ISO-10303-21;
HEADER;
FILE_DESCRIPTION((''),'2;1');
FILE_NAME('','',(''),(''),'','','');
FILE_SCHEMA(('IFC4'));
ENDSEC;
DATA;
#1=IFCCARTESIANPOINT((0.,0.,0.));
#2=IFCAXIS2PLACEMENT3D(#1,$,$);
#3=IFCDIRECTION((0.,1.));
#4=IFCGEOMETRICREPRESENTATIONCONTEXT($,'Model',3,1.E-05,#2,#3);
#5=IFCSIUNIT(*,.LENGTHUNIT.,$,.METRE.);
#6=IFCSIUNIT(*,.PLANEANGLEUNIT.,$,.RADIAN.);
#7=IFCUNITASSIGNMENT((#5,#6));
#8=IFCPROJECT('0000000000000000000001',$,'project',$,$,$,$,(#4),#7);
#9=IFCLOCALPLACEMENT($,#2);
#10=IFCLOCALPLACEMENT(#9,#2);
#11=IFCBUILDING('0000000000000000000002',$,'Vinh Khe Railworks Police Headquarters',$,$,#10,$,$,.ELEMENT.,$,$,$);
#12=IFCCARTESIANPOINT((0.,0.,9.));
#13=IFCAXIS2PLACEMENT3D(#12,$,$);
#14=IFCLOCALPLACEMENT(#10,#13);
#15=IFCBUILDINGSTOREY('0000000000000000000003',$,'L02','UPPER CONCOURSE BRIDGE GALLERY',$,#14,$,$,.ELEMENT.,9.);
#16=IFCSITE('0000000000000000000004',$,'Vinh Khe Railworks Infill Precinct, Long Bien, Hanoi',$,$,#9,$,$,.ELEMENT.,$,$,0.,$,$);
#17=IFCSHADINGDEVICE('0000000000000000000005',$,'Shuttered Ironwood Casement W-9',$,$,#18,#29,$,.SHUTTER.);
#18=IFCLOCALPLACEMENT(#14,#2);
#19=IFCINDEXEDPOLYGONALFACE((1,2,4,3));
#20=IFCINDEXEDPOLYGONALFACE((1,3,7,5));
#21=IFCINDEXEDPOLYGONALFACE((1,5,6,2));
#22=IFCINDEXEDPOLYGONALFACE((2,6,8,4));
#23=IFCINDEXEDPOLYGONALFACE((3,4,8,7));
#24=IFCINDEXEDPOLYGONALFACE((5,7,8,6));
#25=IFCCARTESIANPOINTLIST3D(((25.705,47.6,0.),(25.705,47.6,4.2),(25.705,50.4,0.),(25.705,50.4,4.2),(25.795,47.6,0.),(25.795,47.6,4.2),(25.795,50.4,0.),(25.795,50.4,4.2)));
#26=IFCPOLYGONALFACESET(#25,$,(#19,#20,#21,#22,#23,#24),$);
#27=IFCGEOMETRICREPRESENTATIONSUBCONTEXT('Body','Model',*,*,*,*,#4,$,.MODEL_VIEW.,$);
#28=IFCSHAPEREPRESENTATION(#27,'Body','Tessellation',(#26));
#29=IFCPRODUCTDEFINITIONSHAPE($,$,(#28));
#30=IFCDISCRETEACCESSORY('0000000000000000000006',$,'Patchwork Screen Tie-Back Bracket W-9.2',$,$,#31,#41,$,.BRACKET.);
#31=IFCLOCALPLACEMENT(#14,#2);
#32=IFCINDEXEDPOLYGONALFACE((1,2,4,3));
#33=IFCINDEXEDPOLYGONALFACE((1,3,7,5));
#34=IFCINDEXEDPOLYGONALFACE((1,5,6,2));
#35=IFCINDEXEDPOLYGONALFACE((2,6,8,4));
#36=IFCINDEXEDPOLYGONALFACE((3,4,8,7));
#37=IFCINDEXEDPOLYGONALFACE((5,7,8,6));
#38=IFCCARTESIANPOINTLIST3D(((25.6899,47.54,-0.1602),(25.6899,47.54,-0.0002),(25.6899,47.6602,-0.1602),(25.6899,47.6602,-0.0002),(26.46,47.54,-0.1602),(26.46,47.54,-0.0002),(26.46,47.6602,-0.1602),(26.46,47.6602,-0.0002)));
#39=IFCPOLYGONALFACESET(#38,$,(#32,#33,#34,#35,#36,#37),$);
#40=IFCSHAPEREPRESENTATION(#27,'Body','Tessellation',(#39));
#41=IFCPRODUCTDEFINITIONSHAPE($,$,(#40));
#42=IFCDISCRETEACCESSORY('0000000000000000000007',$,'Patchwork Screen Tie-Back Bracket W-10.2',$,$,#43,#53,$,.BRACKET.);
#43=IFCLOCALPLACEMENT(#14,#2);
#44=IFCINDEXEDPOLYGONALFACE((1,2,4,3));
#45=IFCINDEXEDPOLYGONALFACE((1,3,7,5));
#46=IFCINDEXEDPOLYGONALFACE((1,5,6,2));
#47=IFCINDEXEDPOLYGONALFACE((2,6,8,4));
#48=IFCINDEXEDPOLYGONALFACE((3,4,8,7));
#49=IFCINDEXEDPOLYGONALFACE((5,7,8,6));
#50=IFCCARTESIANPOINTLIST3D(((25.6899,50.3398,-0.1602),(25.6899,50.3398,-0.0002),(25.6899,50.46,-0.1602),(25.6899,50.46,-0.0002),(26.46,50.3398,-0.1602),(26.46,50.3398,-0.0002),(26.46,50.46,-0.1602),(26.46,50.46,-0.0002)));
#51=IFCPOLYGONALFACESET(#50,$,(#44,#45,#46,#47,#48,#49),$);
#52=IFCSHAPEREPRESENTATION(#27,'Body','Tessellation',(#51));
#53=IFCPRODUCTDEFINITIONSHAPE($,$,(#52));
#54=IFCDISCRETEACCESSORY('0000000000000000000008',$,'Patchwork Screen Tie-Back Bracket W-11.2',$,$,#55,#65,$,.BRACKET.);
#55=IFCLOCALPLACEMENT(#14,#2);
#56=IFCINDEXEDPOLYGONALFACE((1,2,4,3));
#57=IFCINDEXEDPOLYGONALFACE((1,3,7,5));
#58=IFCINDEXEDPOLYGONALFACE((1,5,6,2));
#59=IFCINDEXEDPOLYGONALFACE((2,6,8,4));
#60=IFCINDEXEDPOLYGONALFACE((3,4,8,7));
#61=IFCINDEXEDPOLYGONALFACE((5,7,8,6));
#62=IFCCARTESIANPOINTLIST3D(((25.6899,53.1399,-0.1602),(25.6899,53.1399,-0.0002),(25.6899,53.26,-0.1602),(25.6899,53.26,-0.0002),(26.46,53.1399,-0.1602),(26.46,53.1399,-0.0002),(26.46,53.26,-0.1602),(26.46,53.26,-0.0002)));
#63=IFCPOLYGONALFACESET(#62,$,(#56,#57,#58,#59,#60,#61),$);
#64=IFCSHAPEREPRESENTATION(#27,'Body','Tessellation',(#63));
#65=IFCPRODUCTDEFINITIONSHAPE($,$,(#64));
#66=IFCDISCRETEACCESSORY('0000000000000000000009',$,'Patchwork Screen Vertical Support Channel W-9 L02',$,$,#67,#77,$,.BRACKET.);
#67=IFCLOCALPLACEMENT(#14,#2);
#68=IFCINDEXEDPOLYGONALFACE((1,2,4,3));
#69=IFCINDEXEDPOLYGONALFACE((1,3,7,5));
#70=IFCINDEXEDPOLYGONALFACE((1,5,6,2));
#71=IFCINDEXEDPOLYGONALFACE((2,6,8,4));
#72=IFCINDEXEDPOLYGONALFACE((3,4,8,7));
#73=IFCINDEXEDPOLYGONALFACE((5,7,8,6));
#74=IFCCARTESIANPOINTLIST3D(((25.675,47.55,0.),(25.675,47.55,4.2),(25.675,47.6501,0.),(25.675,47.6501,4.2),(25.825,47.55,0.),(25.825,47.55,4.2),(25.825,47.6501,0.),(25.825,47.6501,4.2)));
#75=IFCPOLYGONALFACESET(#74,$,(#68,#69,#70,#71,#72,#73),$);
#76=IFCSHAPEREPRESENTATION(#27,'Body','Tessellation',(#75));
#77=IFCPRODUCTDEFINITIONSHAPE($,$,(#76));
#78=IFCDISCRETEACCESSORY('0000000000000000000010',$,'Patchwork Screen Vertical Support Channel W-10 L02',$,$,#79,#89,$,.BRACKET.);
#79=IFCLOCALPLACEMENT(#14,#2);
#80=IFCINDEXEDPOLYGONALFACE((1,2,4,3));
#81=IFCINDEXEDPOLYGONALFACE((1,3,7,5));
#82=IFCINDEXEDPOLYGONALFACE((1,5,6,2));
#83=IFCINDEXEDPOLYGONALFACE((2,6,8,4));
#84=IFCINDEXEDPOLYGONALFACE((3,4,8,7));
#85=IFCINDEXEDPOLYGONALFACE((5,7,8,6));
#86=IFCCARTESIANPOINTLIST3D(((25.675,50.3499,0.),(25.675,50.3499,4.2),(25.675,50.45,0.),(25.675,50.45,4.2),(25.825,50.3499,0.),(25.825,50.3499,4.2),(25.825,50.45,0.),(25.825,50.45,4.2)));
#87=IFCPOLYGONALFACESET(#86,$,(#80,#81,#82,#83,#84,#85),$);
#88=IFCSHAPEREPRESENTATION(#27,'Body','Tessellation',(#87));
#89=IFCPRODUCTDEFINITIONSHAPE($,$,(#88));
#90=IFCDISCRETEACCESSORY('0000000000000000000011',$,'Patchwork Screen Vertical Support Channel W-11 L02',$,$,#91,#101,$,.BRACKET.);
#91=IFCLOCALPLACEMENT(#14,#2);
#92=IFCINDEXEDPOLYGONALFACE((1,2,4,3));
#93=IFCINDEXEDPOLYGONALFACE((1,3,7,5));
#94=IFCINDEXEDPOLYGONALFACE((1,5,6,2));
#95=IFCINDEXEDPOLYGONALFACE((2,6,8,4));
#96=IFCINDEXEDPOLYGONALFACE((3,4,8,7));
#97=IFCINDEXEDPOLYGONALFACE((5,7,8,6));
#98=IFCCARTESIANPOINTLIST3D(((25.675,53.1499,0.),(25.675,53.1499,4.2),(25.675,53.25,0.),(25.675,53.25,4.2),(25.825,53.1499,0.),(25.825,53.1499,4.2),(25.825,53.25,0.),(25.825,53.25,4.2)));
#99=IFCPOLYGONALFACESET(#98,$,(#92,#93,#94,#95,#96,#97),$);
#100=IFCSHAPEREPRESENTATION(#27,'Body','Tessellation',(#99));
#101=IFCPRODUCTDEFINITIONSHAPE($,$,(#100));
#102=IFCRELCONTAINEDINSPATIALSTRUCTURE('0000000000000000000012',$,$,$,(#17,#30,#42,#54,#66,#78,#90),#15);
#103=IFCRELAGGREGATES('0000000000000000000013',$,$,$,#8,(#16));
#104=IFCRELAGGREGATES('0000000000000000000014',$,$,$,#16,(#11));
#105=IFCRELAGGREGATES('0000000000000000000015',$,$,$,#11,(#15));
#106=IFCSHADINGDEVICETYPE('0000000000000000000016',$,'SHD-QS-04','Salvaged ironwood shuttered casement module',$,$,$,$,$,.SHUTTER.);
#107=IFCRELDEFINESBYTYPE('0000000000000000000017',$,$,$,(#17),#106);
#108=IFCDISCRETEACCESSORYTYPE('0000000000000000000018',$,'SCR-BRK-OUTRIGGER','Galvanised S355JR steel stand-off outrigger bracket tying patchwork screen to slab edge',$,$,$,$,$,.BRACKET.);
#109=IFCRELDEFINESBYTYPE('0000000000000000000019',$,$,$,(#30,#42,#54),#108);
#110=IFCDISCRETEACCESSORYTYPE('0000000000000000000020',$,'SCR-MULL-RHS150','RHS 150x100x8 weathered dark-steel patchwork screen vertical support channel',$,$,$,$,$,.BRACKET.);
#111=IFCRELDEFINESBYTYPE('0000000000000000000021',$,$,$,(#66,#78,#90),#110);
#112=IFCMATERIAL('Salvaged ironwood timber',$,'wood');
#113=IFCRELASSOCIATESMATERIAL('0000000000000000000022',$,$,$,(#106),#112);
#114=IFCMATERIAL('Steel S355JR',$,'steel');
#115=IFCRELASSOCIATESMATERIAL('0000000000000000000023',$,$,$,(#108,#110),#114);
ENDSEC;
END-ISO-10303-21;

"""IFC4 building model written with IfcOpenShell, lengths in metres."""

from ifc_helpers import new_model, si_unit, direction, frame, origin, origin_2d, place, context, subcontext, project, spatial, rectangle, extrude, material, type_object, element, save


model = new_model("IFC4")

# Units and contexts
model_context = context("Model", 3, precision=1e-05, world=origin(), true_north=direction((0.0, 1.0)))
body_context = subcontext(model_context, "Body", "Model", "MODEL_VIEW")
ifc_project = project(units=[si_unit("LENGTHUNIT", "METRE"), si_unit("PLANEANGLEUNIT", "RADIAN")], contexts=[model_context])

# Site, building, storey
site_placement = place(None, origin())
site = spatial("IfcSite", under=ifc_project, at=site_placement, Name="Vinh Khe Railworks Infill Precinct, Long Bien, Hanoi", CompositionType="ELEMENT", RefElevation=0.0)
building_placement = place(site_placement, origin())
building = spatial("IfcBuilding", under=site, at=building_placement, Name="Vinh Khe Railworks Police Headquarters", CompositionType="ELEMENT")
storey_placement = place(building_placement, frame((0.0, 0.0, 9.0)))
storey = spatial("IfcBuildingStorey", under=building, at=storey_placement, Name="L02", Description="UPPER CONCOURSE BRIDGE GALLERY", CompositionType="ELEMENT", Elevation=9.0)

# Shared definitions
ifc_material_1 = material(Name="Steel S355JR", Category="steel")

# Shared definitions
ifc_material_2 = material(Name="Salvaged ironwood timber", Category="wood")

# Shading device
shading_device_type_1 = type_object("IfcShadingDeviceType", Name="SHD-QS-04", Description="Salvaged ironwood shuttered casement module", PredefinedType="SHUTTER", material=ifc_material_2)
shading_device_1_placement = place(storey_placement, frame((25.75, 49.0, 0.0), z_axis=(0.0, 0.0, 1.0), x_axis=(0.0, 1.0, 0.0)))
element("IfcShadingDevice", 1, at=shading_device_1_placement, inside=storey, type_object=shading_device_type_1, Name="Shuttered Ironwood Casement W-9", PredefinedType="SHUTTER", context=body_context, shape_type="SweptSolid", body=[
    extrude(rectangle(XDim=2.8, YDim=0.0901, at=origin_2d()), origin(), (0.0, 0.0, 1.0), 4.2),
])

# Discrete accessories
discrete_accessory_type_1 = type_object("IfcDiscreteAccessoryType", Name="SCR-BRK-OUTRIGGER", Description="Galvanised S355JR steel stand-off outrigger bracket tying patchwork screen to slab edge", PredefinedType="BRACKET", material=ifc_material_1)
for number, where, z_axis, x_axis, name in (
    (2, (26.075, 47.6001, -0.1602), (0.0, 0.0, 1.0), (1.0, 0.0, 0.0), "Patchwork Screen Tie-Back Bracket W-9.2"),
    (3, (26.075, 50.3999, -0.1602), (0.0, 0.0, 1.0), (1.0, 0.0, 0.0), "Patchwork Screen Tie-Back Bracket W-10.2"),
    (4, (26.075, 53.2, -0.1602), (0.0, 0.0, 1.0), (1.0, 0.0, 0.0), "Patchwork Screen Tie-Back Bracket W-11.2"),
):
    element("IfcDiscreteAccessory", number, at=place(storey_placement, frame(where, z_axis=z_axis, x_axis=x_axis)), inside=storey, type_object=discrete_accessory_type_1, Name=name, PredefinedType="BRACKET", context=body_context, shape_type="SweptSolid", body=[
        extrude(rectangle(XDim=0.77, YDim=0.1201, at=origin_2d()), origin(), (0.0, 0.0, 1.0), 0.1599),
    ])
discrete_accessory_type_2 = type_object("IfcDiscreteAccessoryType", Name="SCR-MULL-RHS150", Description="RHS 150x100x8 weathered dark-steel patchwork screen vertical support channel", PredefinedType="BRACKET", material=ifc_material_1)
for number, where, z_axis, x_axis, name in (
    (5, (25.75, 47.6001, 0.0), (0.0, 0.0, 1.0), (1.0, 0.0, 0.0), "Patchwork Screen Vertical Support Channel W-9 L02"),
    (6, (25.75, 50.3999, 0.0), (0.0, 0.0, 1.0), (1.0, 0.0, 0.0), "Patchwork Screen Vertical Support Channel W-10 L02"),
    (7, (25.75, 53.2, 0.0), (0.0, 0.0, 1.0), (1.0, 0.0, 0.0), "Patchwork Screen Vertical Support Channel W-11 L02"),
):
    element("IfcDiscreteAccessory", number, at=place(storey_placement, frame(where, z_axis=z_axis, x_axis=x_axis)), inside=storey, type_object=discrete_accessory_type_2, Name=name, PredefinedType="BRACKET", context=body_context, shape_type="SweptSolid", body=[
        extrude(rectangle(XDim=0.1499, YDim=0.1001, at=origin_2d()), origin(), (0.0, 0.0, 1.0), 4.2),
    ])

save(model, "model.ifc")
